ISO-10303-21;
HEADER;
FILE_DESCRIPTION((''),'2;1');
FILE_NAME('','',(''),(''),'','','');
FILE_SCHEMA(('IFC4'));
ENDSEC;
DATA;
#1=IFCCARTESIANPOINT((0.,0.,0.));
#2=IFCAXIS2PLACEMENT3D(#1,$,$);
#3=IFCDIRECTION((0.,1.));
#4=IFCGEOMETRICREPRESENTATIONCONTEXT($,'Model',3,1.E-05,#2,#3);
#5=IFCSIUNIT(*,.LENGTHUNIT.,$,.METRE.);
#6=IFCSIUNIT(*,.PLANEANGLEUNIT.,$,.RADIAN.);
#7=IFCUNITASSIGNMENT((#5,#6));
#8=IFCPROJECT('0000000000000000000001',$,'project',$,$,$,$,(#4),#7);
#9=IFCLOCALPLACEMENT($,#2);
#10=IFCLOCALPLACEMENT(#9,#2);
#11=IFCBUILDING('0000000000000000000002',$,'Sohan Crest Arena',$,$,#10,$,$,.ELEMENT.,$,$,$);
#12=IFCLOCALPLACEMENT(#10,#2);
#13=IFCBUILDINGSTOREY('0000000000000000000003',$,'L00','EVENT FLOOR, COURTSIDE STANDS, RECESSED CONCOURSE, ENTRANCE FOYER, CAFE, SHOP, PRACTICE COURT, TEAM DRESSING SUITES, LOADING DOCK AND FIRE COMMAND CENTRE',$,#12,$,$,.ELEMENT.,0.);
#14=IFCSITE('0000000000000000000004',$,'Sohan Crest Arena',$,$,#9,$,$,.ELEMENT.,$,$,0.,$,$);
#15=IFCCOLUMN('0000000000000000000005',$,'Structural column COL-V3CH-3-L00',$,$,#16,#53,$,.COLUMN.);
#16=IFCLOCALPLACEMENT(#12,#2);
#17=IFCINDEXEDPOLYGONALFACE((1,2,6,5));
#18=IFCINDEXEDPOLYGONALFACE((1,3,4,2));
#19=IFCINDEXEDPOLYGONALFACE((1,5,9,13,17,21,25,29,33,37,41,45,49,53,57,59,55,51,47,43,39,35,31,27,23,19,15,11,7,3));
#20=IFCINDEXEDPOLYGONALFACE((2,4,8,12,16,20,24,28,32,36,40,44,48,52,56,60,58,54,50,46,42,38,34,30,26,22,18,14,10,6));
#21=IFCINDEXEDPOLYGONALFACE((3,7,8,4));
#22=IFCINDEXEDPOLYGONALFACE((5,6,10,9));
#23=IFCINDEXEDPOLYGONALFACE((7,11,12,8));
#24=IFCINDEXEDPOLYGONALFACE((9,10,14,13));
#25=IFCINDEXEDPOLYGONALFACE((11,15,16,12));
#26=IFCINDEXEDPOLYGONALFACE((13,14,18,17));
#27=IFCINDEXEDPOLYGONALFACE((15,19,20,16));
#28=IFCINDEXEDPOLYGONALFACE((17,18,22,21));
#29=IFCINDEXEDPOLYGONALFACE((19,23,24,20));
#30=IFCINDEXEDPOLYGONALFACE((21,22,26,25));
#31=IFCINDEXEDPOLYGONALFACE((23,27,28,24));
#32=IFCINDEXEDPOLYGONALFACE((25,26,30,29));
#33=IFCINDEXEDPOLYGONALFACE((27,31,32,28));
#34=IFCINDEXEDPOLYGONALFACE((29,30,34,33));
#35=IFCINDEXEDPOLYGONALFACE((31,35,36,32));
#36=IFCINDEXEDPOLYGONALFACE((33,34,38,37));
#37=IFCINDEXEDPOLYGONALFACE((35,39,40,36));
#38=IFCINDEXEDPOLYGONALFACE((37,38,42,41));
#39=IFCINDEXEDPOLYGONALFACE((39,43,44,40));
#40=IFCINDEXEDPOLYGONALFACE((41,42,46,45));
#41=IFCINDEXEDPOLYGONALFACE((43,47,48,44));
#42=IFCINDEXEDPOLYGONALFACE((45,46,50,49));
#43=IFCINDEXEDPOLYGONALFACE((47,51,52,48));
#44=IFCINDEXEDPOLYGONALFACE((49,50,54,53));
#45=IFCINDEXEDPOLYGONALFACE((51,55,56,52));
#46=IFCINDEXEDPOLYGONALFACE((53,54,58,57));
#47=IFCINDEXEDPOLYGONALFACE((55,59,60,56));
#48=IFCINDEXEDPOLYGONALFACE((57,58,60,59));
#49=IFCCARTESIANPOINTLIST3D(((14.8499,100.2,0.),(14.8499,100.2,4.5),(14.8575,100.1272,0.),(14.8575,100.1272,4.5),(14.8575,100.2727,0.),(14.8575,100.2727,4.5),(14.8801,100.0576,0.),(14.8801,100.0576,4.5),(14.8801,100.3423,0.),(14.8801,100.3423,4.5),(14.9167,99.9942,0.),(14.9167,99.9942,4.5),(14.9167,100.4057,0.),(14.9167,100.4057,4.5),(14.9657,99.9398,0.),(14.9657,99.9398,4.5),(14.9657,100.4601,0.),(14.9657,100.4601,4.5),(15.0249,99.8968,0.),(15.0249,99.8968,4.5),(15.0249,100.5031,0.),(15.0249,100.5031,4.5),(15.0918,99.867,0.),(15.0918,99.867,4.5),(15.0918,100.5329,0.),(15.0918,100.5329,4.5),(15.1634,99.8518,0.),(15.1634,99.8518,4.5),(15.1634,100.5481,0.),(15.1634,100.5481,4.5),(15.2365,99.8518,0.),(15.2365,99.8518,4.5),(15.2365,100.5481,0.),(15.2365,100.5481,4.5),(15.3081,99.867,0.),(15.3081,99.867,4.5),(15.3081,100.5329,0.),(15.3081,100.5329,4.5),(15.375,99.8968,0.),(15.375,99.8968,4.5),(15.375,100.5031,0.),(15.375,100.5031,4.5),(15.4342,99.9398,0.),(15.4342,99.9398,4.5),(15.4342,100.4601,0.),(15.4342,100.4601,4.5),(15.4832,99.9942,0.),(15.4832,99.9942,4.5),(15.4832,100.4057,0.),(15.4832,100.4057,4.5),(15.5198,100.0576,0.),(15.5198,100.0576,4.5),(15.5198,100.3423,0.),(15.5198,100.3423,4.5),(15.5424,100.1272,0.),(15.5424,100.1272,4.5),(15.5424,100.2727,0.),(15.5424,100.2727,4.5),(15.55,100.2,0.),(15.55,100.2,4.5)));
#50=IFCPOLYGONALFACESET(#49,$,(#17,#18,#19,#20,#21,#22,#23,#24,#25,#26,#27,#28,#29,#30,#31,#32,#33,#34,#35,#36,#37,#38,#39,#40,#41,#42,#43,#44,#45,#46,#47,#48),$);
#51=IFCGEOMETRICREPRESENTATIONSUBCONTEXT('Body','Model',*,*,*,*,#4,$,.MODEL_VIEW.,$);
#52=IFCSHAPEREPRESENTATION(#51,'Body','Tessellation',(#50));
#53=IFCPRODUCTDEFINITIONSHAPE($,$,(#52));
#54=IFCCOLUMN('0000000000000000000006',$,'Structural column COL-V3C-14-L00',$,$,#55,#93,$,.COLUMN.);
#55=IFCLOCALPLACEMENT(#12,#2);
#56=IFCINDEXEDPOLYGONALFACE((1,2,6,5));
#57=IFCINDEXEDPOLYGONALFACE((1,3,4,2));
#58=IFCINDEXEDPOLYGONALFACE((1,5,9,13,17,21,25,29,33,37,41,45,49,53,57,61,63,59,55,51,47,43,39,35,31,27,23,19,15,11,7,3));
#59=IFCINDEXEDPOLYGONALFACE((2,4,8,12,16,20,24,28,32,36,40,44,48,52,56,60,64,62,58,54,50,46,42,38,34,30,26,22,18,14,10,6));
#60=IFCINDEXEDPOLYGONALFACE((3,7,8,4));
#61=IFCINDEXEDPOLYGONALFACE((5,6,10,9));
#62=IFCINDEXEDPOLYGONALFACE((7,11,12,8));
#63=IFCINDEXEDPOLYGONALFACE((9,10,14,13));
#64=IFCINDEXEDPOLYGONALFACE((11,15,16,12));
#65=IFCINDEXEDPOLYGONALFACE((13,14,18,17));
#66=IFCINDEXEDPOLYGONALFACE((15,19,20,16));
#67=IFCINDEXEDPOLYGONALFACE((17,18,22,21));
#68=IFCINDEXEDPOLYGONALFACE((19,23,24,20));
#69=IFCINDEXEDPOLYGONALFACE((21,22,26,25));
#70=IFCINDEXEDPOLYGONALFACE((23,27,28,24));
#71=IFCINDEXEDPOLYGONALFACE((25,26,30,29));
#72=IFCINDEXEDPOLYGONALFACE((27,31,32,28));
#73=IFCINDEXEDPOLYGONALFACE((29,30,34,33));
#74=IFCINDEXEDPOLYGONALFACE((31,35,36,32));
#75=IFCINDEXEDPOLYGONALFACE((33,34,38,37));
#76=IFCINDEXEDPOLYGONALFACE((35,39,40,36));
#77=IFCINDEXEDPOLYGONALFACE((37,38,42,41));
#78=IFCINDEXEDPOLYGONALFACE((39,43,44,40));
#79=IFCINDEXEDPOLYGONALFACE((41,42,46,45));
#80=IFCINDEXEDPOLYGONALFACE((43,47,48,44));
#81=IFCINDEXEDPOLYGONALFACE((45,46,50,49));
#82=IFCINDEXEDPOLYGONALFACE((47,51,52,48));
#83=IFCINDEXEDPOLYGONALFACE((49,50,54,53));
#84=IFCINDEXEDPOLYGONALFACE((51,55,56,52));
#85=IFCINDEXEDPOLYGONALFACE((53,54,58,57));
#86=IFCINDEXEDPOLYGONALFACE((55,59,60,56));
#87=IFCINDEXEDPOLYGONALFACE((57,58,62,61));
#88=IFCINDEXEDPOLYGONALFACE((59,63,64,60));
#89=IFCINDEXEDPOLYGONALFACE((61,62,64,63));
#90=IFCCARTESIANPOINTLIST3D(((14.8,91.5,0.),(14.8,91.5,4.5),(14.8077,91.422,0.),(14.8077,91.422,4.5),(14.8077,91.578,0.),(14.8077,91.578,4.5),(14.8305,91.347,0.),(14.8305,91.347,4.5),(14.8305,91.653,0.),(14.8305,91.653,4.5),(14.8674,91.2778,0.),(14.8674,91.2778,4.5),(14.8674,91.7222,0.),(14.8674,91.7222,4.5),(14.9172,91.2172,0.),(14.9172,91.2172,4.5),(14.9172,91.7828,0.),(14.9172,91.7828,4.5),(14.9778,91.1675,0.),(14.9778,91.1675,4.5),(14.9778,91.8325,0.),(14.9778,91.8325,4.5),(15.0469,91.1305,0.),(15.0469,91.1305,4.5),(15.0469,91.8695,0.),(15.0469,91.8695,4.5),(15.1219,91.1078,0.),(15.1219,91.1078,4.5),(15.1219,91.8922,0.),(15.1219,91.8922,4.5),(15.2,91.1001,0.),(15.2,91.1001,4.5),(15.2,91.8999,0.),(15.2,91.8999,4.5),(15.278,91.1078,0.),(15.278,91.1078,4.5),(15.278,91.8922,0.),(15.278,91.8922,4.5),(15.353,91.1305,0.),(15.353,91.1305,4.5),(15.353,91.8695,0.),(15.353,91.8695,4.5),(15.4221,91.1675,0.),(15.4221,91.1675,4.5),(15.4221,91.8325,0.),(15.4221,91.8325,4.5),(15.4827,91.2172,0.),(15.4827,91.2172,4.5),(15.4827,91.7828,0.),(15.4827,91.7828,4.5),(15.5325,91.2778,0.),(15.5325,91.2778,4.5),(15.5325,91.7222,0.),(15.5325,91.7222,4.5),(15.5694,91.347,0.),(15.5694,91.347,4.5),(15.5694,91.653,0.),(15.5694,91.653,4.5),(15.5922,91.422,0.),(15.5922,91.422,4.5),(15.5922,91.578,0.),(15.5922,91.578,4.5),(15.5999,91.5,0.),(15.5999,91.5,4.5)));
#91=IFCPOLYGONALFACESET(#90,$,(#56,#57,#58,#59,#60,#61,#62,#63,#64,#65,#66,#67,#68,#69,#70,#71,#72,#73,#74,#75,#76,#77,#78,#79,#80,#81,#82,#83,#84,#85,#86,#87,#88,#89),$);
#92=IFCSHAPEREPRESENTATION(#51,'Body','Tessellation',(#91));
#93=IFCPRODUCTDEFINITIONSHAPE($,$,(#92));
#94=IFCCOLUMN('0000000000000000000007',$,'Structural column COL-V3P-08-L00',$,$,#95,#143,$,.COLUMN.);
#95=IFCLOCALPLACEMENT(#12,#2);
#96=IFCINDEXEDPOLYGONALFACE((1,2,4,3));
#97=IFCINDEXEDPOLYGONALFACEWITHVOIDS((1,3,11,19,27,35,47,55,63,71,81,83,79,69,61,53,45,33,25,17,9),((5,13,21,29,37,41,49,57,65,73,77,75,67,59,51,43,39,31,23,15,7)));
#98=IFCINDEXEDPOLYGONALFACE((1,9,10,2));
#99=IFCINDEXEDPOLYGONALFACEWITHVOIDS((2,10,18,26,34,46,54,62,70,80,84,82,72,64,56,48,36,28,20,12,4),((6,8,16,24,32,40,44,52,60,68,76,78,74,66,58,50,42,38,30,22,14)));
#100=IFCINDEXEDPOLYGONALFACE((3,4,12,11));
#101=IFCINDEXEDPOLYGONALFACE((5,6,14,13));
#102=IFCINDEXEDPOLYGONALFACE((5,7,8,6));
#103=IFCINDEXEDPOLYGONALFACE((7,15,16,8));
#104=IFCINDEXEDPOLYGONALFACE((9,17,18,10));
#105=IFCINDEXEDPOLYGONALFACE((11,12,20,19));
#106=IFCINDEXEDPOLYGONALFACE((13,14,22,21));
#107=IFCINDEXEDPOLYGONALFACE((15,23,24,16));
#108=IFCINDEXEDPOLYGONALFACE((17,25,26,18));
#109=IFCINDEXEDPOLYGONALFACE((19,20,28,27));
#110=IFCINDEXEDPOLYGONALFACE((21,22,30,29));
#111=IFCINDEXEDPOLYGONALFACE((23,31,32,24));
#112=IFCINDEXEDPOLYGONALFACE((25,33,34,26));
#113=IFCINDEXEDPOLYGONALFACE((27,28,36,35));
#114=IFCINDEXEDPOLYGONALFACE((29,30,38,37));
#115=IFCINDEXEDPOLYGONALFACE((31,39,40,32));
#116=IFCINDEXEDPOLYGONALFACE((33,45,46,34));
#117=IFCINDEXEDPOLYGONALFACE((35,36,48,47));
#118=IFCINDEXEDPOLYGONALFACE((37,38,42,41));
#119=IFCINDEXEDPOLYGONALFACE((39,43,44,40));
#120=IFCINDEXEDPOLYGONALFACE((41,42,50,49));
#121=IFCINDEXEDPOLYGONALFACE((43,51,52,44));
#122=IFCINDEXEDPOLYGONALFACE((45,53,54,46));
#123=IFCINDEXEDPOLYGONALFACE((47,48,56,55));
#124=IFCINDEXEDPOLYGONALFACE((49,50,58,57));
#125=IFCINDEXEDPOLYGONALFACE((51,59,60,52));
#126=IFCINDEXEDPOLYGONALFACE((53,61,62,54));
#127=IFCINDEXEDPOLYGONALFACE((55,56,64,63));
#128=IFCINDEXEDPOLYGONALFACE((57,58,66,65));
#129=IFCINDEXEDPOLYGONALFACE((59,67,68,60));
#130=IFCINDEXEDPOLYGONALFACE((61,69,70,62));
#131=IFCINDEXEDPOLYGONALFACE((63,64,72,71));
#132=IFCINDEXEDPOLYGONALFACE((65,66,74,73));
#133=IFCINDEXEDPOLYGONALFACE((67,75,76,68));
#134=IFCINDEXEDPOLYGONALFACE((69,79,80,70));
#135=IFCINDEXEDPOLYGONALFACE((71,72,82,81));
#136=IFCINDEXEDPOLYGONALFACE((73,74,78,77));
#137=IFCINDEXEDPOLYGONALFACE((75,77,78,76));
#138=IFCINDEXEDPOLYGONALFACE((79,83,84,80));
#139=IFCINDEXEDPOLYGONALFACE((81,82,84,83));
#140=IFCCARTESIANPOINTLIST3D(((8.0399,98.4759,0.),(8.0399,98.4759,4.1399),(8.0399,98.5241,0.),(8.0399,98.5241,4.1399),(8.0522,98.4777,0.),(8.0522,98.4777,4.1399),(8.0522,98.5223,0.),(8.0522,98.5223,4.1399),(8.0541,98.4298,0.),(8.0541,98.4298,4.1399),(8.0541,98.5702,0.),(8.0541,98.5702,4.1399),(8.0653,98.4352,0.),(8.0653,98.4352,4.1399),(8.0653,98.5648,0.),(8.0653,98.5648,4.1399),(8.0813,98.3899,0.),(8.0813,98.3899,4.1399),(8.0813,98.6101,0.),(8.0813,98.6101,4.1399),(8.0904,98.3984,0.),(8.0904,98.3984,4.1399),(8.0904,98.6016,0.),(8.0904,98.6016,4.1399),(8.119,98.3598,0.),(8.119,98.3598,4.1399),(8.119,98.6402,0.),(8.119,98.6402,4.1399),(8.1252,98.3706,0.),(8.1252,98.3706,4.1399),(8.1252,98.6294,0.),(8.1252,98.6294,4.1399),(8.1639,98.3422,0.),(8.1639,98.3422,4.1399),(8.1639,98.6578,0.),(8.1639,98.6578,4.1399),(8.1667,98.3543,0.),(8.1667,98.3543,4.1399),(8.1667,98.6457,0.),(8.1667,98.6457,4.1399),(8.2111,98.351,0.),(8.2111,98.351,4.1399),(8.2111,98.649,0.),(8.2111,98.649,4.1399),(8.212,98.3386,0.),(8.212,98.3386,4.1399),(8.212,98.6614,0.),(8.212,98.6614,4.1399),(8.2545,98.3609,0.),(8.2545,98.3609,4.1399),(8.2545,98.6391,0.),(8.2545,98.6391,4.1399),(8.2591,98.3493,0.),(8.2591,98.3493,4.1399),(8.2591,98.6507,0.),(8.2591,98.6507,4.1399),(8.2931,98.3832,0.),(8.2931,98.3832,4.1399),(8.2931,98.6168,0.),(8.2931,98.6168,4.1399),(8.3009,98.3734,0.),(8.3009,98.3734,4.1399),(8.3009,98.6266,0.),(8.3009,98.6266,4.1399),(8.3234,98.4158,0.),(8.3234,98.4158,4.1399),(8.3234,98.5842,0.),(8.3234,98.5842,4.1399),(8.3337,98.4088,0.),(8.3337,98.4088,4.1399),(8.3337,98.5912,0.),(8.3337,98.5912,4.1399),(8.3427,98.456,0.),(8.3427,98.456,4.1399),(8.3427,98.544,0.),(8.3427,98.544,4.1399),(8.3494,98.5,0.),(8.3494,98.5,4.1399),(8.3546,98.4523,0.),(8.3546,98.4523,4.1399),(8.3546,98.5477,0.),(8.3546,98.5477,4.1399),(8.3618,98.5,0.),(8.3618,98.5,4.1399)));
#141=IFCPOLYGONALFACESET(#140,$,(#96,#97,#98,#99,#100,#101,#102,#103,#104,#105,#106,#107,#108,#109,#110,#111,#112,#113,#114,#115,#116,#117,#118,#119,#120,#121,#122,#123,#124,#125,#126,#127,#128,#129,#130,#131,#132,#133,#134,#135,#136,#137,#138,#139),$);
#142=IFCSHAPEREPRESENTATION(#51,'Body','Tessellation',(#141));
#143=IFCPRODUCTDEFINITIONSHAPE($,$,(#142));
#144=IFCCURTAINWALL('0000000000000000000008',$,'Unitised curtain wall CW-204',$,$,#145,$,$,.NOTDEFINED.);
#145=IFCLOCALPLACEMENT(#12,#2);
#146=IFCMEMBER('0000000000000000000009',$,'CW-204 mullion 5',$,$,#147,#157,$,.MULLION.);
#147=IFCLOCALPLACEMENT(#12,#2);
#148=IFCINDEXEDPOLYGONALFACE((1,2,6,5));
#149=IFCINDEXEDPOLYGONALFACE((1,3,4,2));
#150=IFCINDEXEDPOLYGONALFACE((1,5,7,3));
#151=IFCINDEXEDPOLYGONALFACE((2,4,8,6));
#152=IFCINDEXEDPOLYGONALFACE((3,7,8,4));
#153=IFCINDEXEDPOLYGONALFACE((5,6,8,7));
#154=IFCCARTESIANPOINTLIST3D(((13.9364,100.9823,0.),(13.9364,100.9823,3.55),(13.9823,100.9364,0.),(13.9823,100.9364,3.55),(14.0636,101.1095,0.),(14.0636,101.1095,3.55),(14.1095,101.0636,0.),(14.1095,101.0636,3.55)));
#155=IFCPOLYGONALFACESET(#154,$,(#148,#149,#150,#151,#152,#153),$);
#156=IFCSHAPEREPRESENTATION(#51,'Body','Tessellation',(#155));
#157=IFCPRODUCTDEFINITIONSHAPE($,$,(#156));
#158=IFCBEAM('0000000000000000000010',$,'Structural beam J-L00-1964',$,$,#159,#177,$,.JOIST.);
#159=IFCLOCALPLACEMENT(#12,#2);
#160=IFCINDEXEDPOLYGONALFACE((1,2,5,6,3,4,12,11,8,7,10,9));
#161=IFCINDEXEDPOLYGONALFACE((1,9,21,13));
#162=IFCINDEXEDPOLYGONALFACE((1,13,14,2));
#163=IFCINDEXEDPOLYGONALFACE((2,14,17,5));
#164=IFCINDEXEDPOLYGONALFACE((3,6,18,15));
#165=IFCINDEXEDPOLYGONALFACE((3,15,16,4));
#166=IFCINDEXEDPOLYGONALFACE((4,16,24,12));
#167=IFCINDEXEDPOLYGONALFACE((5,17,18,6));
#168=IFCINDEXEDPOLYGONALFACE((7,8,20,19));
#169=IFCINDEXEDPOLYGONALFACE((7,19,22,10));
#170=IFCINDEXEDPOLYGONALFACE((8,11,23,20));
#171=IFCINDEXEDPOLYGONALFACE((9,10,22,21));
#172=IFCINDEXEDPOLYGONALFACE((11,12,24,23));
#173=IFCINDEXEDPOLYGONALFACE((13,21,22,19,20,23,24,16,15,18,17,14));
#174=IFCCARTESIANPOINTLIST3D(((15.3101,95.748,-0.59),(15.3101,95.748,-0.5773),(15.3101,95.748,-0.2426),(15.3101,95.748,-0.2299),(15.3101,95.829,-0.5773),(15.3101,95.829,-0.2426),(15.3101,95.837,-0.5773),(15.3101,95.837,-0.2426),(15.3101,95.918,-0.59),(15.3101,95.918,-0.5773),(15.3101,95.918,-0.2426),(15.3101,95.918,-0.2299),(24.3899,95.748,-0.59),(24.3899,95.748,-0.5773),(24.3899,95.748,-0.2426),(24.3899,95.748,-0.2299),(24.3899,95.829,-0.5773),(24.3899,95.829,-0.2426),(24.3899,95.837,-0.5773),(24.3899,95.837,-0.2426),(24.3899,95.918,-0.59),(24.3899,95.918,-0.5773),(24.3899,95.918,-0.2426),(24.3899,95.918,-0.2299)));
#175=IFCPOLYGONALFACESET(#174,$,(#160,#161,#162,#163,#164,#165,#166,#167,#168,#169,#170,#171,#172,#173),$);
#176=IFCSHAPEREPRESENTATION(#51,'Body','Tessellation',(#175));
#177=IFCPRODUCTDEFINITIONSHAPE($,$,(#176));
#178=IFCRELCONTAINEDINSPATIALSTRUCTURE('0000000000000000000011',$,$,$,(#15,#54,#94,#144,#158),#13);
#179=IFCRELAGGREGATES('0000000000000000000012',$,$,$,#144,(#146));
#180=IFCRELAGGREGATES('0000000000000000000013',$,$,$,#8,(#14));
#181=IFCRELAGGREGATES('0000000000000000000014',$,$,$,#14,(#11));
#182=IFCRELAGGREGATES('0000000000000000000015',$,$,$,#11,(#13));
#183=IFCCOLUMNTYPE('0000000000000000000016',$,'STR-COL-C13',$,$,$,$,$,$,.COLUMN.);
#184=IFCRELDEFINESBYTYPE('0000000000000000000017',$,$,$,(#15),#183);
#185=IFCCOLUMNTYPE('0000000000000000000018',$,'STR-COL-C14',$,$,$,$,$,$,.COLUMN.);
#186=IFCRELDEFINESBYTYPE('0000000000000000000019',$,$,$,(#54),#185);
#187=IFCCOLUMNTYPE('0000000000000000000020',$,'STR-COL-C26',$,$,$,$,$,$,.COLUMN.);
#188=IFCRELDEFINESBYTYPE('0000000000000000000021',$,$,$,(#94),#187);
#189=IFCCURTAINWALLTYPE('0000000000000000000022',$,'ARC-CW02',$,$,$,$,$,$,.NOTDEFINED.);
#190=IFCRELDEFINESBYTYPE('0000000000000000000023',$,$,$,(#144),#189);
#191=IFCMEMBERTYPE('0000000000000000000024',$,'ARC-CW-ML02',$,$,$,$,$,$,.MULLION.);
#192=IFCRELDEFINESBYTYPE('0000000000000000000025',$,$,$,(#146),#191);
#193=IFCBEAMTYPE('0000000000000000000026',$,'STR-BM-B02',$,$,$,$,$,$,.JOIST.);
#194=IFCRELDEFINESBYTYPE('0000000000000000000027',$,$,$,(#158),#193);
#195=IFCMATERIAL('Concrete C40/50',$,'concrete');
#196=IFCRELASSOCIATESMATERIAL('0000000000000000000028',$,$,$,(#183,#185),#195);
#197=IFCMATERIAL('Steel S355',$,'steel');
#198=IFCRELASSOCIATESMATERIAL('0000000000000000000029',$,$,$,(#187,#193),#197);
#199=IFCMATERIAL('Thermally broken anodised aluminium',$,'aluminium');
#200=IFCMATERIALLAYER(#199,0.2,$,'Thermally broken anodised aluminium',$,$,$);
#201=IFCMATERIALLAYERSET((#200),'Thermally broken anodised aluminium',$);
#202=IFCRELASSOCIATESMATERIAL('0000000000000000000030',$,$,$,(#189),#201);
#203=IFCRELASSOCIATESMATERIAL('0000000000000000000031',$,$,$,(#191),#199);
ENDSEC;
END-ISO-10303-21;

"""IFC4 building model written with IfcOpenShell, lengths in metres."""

from ifc_helpers import new_model, si_unit, direction, frame, origin, origin_2d, place, context, subcontext, project, spatial, rectangle, circle, hollow_circle, i_section, extrude, material, layer, layer_set, material_profile, profile_set, type_object, element, aggregate, save


model = new_model("IFC4")

# Units and contexts
model_context = context("Model", 3, precision=1e-05, world=origin(), true_north=direction((0.0, 1.0)))
body_context = subcontext(model_context, "Body", "Model", "MODEL_VIEW")
ifc_project = project(units=[si_unit("LENGTHUNIT", "METRE"), si_unit("PLANEANGLEUNIT", "RADIAN")], contexts=[model_context])

# Site, building, storey
site_placement = place(None, origin())
site = spatial("IfcSite", under=ifc_project, at=site_placement, Name="Sohan Crest Arena", CompositionType="ELEMENT", RefElevation=0.0)
building_placement = place(site_placement, origin())
building = spatial("IfcBuilding", under=site, at=building_placement, Name="Sohan Crest Arena", CompositionType="ELEMENT")
storey_placement = place(building_placement, origin())
storey = spatial("IfcBuildingStorey", under=building, at=storey_placement, Name="L00", Description="EVENT FLOOR, COURTSIDE STANDS, RECESSED CONCOURSE, ENTRANCE FOYER, CAFE, SHOP, PRACTICE COURT, TEAM DRESSING SUITES, LOADING DOCK AND FIRE COMMAND CENTRE", CompositionType="ELEMENT", Elevation=0.0)

# Columns
ifc_material_1 = material(Name="Concrete C40/50", Category="concrete")
ifc_material_profile_1 = material_profile(ifc_material_1, circle(Radius=0.3501, at=origin_2d()), Name="RC D700")
ifc_profile_set_1 = profile_set([ifc_material_profile_1], Name="Concrete C40/50")
column_type_1 = type_object("IfcColumnType", Name="STR-COL-C13", PredefinedType="COLUMN", material=ifc_profile_set_1)
column_1_placement = place(storey_placement, frame((15.2, 100.2, 0.0), z_axis=(0.0, 0.0, 1.0), x_axis=(1.0, 0.0, 0.0)))
element("IfcColumn", 1, at=column_1_placement, inside=storey, type_object=column_type_1, Name="Structural column COL-V3CH-3-L00", PredefinedType="COLUMN", context=body_context, shape_type="SweptSolid", body=[
    extrude(circle(Radius=0.3501, at=origin_2d()), origin(), (0.0, 0.0, 1.0), 4.5),
])
ifc_material_profile_2 = material_profile(ifc_material_1, circle(Radius=0.3999, at=origin_2d()), Name="RC D800")
ifc_profile_set_2 = profile_set([ifc_material_profile_2], Name="Concrete C40/50")
column_type_2 = type_object("IfcColumnType", Name="STR-COL-C14", PredefinedType="COLUMN", material=ifc_profile_set_2)
column_2_placement = place(storey_placement, frame((15.2, 91.5, 0.0), z_axis=(0.0, 0.0, 1.0), x_axis=(1.0, 0.0, 0.0)))
element("IfcColumn", 2, at=column_2_placement, inside=storey, type_object=column_type_2, Name="Structural column COL-V3C-14-L00", PredefinedType="COLUMN", context=body_context, shape_type="SweptSolid", body=[
    extrude(circle(Radius=0.3999, at=origin_2d()), origin(), (0.0, 0.0, 1.0), 4.5),
])
ifc_material_2 = material(Name="Steel S355", Category="steel")
ifc_material_profile_3 = material_profile(ifc_material_2, hollow_circle(Radius=0.1619, WallThickness=0.0125, at=origin_2d()), Name="CHS 323.9x12.5")
ifc_profile_set_3 = profile_set([ifc_material_profile_3], Name="Steel S355")
column_type_3 = type_object("IfcColumnType", Name="STR-COL-C26", PredefinedType="COLUMN", material=ifc_profile_set_3)
column_3_placement = place(storey_placement, frame((8.2, 98.5, 0.0), z_axis=(0.0, 0.0, 1.0), x_axis=(1.0, 0.0, 0.0)))
element("IfcColumn", 3, at=column_3_placement, inside=storey, type_object=column_type_3, Name="Structural column COL-V3P-08-L00", PredefinedType="COLUMN", context=body_context, shape_type="SweptSolid", body=[
    extrude(hollow_circle(Radius=0.1619, WallThickness=0.0125, at=origin_2d()), origin(), (0.0, 0.0, 1.0), 4.1399),
])

# Curtain wall, member
ifc_material_3 = material(Name="Thermally broken anodised aluminium", Category="aluminium")
ifc_layer_1 = layer(ifc_material_3, 0.2, Name="Thermally broken anodised aluminium")
ifc_layer_set_1 = layer_set([ifc_layer_1], Name="Thermally broken anodised aluminium")
curtain_wall_type = type_object("IfcCurtainWallType", Name="ARC-CW02", PredefinedType="NOTDEFINED", material=ifc_layer_set_1)
curtain_wall_placement = place(storey_placement, origin())
curtain_wall = element("IfcCurtainWall", 4, at=curtain_wall_placement, inside=storey, type_object=curtain_wall_type, Name="Unitised curtain wall CW-204", PredefinedType="NOTDEFINED")
ifc_material_profile_4 = material_profile(ifc_material_3, rectangle(XDim=0.0649, YDim=0.1799, at=origin_2d()), Name="ALU-MULL 65x180")
ifc_profile_set_4 = profile_set([ifc_material_profile_4], Name="Thermally broken anodised aluminium")
member_type = type_object("IfcMemberType", Name="ARC-CW-ML02", PredefinedType="MULLION", material=ifc_profile_set_4)
member_placement = place(storey_placement, frame((14.0229, 101.0229, 0.0), z_axis=(0.0, 0.0, 1.0), x_axis=(0.707107, -0.707107, 0.0)))
member = element("IfcMember", 5, at=member_placement, type_object=member_type, Name="CW-204 mullion 5", PredefinedType="MULLION", context=body_context, shape_type="SweptSolid", body=[
    extrude(rectangle(XDim=0.0649, YDim=0.1799, at=origin_2d()), origin(), (0.0, 0.0, 1.0), 3.55),
])

# Beam
ifc_material_profile_5 = material_profile(ifc_material_2, i_section(OverallWidth=0.1699, OverallDepth=0.3601, WebThickness=0.0081, FlangeThickness=0.0127, at=origin_2d()), Name="IPE 360")
ifc_profile_set_5 = profile_set([ifc_material_profile_5], Name="Steel S355")
beam_type_1 = type_object("IfcBeamType", Name="STR-BM-B02", PredefinedType="JOIST", material=ifc_profile_set_5)
beam_1_placement = place(storey_placement, frame((15.3101, 95.833, -0.4099), z_axis=(1.0, 0.0, 0.0), x_axis=(0.0, 1.0, 0.0)))
element("IfcBeam", 6, at=beam_1_placement, inside=storey, type_object=beam_type_1, Name="Structural beam J-L00-1964", PredefinedType="JOIST", context=body_context, shape_type="SweptSolid", body=[
    extrude(i_section(OverallWidth=0.1699, OverallDepth=0.3601, WebThickness=0.0081, FlangeThickness=0.0127, at=origin_2d()), origin(), (0.0, 0.0, 1.0), 9.0798),
])

aggregate(curtain_wall, [member])

save(model, "model.ifc")
